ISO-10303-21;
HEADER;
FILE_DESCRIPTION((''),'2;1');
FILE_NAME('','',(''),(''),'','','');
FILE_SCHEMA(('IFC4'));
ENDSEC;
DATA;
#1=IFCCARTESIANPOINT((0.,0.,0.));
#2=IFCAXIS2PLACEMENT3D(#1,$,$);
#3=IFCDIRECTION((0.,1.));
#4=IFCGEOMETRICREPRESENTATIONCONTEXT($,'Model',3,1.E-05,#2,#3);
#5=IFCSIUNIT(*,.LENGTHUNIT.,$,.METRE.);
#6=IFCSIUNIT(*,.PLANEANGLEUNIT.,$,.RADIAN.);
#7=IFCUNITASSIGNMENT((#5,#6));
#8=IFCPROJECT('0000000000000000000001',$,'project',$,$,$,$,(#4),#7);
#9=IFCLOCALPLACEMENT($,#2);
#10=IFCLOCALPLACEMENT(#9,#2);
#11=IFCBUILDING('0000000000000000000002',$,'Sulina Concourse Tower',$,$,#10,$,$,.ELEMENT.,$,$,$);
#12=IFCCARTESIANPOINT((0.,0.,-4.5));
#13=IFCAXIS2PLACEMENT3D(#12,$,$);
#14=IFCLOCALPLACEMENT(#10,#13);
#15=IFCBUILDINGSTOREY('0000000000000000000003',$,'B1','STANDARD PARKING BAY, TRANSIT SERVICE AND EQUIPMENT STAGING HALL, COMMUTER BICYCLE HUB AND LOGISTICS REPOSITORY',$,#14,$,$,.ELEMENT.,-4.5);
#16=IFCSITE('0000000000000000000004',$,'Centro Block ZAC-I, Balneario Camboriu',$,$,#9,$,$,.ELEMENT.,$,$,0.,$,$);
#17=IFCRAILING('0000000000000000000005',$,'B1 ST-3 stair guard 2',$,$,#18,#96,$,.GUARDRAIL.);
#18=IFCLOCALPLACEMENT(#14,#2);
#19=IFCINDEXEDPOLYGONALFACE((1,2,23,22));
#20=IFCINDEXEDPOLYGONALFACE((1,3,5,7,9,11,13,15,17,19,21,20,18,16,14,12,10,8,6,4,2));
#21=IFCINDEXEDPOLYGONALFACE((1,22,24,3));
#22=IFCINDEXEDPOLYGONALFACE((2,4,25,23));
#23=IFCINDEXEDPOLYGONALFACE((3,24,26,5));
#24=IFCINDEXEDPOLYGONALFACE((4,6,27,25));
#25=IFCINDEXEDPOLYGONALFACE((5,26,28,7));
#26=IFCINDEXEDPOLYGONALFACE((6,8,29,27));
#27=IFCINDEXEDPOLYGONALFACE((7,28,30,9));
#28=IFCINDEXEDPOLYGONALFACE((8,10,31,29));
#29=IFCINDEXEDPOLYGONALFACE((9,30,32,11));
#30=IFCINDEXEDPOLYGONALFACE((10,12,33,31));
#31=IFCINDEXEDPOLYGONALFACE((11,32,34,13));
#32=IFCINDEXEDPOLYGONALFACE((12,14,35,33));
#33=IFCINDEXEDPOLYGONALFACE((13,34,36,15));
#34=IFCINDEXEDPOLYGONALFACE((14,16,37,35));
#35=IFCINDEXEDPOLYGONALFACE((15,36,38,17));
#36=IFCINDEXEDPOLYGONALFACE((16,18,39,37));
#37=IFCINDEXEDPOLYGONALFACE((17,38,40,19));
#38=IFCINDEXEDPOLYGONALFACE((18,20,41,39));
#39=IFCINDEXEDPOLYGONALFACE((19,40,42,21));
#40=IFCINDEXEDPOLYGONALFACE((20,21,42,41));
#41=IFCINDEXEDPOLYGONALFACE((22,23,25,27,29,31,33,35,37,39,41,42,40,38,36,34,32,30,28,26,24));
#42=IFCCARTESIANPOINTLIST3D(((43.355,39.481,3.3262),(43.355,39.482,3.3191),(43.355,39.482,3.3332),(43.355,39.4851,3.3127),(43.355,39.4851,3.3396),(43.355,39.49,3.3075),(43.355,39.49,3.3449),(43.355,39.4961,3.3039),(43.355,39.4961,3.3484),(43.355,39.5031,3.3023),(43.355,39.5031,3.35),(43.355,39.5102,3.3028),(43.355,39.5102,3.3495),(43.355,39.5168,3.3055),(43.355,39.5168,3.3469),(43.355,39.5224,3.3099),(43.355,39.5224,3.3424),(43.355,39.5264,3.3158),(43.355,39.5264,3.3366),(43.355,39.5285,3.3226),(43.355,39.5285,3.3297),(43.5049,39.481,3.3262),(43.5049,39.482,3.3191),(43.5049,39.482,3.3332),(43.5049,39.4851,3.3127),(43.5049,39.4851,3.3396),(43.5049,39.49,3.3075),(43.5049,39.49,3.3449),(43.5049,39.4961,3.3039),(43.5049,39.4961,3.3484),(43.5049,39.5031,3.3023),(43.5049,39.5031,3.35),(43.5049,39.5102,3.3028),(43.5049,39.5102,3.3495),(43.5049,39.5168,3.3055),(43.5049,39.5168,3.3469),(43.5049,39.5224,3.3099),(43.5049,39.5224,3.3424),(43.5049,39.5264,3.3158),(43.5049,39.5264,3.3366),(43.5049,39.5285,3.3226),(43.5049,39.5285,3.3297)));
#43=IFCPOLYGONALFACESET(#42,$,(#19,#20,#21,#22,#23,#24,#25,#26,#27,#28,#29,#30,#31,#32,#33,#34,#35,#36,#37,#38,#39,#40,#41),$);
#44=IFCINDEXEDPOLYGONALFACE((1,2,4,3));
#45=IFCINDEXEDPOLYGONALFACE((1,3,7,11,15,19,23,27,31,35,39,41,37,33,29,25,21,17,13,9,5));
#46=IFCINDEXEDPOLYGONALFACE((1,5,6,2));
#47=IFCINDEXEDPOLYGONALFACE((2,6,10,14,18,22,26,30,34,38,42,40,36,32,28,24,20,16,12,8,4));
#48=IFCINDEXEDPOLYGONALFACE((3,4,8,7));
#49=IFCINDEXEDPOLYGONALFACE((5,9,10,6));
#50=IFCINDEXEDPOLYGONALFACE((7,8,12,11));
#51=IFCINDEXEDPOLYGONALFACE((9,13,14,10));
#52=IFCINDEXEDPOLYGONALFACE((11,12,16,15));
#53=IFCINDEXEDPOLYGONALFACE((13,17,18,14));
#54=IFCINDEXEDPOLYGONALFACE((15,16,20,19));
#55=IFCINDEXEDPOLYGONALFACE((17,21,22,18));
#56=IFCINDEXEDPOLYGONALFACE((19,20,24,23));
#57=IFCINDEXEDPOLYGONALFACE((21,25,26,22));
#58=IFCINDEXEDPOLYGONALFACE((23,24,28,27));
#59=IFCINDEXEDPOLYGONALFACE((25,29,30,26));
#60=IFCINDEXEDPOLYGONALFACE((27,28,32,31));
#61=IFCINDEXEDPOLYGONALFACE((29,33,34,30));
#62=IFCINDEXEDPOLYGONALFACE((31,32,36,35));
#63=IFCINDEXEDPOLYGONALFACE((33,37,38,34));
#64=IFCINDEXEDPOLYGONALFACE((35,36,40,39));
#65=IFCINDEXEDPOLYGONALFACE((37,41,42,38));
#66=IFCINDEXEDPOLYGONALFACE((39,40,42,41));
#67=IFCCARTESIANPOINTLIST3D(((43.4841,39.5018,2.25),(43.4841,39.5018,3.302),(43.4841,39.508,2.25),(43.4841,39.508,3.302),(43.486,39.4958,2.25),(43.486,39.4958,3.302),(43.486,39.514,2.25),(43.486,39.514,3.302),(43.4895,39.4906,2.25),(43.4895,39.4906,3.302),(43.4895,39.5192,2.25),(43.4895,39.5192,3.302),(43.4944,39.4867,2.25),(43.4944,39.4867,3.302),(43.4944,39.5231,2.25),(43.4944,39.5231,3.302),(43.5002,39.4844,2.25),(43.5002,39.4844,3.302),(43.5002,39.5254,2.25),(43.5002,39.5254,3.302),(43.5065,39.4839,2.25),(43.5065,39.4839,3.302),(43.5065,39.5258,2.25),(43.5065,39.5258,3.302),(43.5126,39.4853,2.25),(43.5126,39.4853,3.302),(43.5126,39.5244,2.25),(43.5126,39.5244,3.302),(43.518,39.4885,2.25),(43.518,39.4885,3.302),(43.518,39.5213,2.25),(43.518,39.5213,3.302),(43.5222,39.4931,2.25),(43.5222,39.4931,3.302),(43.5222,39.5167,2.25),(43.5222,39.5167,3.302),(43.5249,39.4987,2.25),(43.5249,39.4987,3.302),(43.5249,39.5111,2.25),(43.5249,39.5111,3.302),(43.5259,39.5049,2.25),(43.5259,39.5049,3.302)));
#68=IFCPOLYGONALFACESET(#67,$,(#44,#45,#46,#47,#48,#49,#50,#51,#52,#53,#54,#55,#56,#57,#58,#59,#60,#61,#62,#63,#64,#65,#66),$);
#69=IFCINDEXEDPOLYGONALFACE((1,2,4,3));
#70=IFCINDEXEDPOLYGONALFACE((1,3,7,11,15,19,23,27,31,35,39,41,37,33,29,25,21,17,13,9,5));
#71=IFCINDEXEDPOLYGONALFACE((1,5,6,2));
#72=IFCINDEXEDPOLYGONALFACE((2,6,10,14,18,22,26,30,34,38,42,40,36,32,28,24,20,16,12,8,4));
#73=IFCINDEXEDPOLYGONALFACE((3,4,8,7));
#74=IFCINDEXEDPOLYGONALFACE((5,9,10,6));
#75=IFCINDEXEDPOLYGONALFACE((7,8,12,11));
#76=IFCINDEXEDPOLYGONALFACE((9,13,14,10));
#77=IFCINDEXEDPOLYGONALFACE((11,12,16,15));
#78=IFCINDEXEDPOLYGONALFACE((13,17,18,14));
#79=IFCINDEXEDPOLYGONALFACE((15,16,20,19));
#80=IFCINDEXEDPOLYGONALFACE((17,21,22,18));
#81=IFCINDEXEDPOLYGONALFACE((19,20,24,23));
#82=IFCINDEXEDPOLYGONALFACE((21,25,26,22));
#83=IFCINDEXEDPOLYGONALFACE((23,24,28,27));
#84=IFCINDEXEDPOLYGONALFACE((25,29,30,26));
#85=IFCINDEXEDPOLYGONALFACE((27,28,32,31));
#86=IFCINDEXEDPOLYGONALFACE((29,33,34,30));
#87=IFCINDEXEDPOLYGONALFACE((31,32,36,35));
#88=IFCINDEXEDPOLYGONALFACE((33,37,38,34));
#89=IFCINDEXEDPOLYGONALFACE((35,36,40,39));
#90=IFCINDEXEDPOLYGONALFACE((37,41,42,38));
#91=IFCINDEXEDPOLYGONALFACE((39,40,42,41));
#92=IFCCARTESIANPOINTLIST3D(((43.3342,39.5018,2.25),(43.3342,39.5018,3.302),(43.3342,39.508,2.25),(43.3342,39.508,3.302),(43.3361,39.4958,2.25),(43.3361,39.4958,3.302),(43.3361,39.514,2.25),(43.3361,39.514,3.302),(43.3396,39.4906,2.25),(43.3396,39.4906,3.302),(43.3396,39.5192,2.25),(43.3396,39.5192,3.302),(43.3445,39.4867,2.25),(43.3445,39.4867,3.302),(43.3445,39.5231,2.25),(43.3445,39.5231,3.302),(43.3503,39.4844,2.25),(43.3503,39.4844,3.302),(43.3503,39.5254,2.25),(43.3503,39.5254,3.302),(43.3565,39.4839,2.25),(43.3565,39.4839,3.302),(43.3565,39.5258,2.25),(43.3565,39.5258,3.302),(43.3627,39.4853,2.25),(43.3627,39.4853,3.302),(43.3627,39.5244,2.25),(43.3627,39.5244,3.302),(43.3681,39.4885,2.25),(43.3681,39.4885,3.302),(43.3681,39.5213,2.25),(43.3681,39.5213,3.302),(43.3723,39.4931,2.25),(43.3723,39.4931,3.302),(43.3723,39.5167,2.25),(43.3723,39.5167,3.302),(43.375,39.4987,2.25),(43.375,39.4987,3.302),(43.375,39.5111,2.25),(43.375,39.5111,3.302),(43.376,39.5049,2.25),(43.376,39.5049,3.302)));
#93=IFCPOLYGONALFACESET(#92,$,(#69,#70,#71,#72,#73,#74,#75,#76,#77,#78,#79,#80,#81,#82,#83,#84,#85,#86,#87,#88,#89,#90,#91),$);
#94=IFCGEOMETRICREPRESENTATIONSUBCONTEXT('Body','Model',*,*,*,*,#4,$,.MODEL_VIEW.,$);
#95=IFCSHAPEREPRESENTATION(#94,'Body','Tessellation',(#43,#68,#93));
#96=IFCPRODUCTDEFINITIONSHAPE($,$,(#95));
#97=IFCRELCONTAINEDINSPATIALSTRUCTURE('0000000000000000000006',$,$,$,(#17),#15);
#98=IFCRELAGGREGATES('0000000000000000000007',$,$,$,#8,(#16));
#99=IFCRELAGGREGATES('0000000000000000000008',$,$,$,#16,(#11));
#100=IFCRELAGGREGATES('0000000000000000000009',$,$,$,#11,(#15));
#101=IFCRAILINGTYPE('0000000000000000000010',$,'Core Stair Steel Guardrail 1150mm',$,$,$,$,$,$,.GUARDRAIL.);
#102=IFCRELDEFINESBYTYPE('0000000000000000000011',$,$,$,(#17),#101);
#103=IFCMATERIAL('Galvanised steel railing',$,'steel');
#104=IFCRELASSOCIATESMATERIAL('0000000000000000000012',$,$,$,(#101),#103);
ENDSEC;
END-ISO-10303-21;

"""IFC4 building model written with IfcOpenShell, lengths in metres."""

from ifc_helpers import new_model, si_unit, direction, frame, origin, origin_2d, place, context, subcontext, project, spatial, circle, extrude, material, type_object, element, save


model = new_model("IFC4")

# Units and contexts
model_context = context("Model", 3, precision=1e-05, world=origin(), true_north=direction((0.0, 1.0)))
body_context = subcontext(model_context, "Body", "Model", "MODEL_VIEW")
ifc_project = project(units=[si_unit("LENGTHUNIT", "METRE"), si_unit("PLANEANGLEUNIT", "RADIAN")], contexts=[model_context])

# Site, building, storey
site_placement = place(None, origin())
site = spatial("IfcSite", under=ifc_project, at=site_placement, Name="Centro Block ZAC-I, Balneario Camboriu", CompositionType="ELEMENT", RefElevation=0.0)
building_placement = place(site_placement, origin())
building = spatial("IfcBuilding", under=site, at=building_placement, Name="Sulina Concourse Tower", CompositionType="ELEMENT")
storey_placement = place(building_placement, frame((0.0, 0.0, -4.5)))
storey = spatial("IfcBuildingStorey", under=building, at=storey_placement, Name="B1", Description="STANDARD PARKING BAY, TRANSIT SERVICE AND EQUIPMENT STAGING HALL, COMMUTER BICYCLE HUB AND LOGISTICS REPOSITORY", CompositionType="ELEMENT", Elevation=-4.5)

# Railing
ifc_material_1 = material(Name="Galvanised steel railing", Category="steel")
railing_type_1 = type_object("IfcRailingType", Name="Core Stair Steel Guardrail 1150mm", PredefinedType="GUARDRAIL", material=ifc_material_1)
railing_1_placement = place(storey_placement, frame((43.5049, 39.5049, 2.25)))
element("IfcRailing", 1, at=railing_1_placement, inside=storey, type_object=railing_type_1, Name="B1 ST-3 stair guard 2", PredefinedType="GUARDRAIL", context=body_context, shape_type="SweptSolid", body=[
    extrude(circle(Radius=0.0239, at=origin_2d()), frame((0.0, 0.0, 1.0762), z_axis=(-1.0, 0.0, 0.0), x_axis=(0.0, -1.0, 0.0)), (0.0, 0.0, 1.0), 0.1499),
    extrude(circle(Radius=0.021, at=origin_2d()), origin(), (0.0, 0.0, 1.0), 1.052),
    extrude(circle(Radius=0.021, at=origin_2d()), frame((-0.1499, 0.0, 0.0)), (0.0, 0.0, 1.0), 1.052),
])

save(model, "model.ifc")
